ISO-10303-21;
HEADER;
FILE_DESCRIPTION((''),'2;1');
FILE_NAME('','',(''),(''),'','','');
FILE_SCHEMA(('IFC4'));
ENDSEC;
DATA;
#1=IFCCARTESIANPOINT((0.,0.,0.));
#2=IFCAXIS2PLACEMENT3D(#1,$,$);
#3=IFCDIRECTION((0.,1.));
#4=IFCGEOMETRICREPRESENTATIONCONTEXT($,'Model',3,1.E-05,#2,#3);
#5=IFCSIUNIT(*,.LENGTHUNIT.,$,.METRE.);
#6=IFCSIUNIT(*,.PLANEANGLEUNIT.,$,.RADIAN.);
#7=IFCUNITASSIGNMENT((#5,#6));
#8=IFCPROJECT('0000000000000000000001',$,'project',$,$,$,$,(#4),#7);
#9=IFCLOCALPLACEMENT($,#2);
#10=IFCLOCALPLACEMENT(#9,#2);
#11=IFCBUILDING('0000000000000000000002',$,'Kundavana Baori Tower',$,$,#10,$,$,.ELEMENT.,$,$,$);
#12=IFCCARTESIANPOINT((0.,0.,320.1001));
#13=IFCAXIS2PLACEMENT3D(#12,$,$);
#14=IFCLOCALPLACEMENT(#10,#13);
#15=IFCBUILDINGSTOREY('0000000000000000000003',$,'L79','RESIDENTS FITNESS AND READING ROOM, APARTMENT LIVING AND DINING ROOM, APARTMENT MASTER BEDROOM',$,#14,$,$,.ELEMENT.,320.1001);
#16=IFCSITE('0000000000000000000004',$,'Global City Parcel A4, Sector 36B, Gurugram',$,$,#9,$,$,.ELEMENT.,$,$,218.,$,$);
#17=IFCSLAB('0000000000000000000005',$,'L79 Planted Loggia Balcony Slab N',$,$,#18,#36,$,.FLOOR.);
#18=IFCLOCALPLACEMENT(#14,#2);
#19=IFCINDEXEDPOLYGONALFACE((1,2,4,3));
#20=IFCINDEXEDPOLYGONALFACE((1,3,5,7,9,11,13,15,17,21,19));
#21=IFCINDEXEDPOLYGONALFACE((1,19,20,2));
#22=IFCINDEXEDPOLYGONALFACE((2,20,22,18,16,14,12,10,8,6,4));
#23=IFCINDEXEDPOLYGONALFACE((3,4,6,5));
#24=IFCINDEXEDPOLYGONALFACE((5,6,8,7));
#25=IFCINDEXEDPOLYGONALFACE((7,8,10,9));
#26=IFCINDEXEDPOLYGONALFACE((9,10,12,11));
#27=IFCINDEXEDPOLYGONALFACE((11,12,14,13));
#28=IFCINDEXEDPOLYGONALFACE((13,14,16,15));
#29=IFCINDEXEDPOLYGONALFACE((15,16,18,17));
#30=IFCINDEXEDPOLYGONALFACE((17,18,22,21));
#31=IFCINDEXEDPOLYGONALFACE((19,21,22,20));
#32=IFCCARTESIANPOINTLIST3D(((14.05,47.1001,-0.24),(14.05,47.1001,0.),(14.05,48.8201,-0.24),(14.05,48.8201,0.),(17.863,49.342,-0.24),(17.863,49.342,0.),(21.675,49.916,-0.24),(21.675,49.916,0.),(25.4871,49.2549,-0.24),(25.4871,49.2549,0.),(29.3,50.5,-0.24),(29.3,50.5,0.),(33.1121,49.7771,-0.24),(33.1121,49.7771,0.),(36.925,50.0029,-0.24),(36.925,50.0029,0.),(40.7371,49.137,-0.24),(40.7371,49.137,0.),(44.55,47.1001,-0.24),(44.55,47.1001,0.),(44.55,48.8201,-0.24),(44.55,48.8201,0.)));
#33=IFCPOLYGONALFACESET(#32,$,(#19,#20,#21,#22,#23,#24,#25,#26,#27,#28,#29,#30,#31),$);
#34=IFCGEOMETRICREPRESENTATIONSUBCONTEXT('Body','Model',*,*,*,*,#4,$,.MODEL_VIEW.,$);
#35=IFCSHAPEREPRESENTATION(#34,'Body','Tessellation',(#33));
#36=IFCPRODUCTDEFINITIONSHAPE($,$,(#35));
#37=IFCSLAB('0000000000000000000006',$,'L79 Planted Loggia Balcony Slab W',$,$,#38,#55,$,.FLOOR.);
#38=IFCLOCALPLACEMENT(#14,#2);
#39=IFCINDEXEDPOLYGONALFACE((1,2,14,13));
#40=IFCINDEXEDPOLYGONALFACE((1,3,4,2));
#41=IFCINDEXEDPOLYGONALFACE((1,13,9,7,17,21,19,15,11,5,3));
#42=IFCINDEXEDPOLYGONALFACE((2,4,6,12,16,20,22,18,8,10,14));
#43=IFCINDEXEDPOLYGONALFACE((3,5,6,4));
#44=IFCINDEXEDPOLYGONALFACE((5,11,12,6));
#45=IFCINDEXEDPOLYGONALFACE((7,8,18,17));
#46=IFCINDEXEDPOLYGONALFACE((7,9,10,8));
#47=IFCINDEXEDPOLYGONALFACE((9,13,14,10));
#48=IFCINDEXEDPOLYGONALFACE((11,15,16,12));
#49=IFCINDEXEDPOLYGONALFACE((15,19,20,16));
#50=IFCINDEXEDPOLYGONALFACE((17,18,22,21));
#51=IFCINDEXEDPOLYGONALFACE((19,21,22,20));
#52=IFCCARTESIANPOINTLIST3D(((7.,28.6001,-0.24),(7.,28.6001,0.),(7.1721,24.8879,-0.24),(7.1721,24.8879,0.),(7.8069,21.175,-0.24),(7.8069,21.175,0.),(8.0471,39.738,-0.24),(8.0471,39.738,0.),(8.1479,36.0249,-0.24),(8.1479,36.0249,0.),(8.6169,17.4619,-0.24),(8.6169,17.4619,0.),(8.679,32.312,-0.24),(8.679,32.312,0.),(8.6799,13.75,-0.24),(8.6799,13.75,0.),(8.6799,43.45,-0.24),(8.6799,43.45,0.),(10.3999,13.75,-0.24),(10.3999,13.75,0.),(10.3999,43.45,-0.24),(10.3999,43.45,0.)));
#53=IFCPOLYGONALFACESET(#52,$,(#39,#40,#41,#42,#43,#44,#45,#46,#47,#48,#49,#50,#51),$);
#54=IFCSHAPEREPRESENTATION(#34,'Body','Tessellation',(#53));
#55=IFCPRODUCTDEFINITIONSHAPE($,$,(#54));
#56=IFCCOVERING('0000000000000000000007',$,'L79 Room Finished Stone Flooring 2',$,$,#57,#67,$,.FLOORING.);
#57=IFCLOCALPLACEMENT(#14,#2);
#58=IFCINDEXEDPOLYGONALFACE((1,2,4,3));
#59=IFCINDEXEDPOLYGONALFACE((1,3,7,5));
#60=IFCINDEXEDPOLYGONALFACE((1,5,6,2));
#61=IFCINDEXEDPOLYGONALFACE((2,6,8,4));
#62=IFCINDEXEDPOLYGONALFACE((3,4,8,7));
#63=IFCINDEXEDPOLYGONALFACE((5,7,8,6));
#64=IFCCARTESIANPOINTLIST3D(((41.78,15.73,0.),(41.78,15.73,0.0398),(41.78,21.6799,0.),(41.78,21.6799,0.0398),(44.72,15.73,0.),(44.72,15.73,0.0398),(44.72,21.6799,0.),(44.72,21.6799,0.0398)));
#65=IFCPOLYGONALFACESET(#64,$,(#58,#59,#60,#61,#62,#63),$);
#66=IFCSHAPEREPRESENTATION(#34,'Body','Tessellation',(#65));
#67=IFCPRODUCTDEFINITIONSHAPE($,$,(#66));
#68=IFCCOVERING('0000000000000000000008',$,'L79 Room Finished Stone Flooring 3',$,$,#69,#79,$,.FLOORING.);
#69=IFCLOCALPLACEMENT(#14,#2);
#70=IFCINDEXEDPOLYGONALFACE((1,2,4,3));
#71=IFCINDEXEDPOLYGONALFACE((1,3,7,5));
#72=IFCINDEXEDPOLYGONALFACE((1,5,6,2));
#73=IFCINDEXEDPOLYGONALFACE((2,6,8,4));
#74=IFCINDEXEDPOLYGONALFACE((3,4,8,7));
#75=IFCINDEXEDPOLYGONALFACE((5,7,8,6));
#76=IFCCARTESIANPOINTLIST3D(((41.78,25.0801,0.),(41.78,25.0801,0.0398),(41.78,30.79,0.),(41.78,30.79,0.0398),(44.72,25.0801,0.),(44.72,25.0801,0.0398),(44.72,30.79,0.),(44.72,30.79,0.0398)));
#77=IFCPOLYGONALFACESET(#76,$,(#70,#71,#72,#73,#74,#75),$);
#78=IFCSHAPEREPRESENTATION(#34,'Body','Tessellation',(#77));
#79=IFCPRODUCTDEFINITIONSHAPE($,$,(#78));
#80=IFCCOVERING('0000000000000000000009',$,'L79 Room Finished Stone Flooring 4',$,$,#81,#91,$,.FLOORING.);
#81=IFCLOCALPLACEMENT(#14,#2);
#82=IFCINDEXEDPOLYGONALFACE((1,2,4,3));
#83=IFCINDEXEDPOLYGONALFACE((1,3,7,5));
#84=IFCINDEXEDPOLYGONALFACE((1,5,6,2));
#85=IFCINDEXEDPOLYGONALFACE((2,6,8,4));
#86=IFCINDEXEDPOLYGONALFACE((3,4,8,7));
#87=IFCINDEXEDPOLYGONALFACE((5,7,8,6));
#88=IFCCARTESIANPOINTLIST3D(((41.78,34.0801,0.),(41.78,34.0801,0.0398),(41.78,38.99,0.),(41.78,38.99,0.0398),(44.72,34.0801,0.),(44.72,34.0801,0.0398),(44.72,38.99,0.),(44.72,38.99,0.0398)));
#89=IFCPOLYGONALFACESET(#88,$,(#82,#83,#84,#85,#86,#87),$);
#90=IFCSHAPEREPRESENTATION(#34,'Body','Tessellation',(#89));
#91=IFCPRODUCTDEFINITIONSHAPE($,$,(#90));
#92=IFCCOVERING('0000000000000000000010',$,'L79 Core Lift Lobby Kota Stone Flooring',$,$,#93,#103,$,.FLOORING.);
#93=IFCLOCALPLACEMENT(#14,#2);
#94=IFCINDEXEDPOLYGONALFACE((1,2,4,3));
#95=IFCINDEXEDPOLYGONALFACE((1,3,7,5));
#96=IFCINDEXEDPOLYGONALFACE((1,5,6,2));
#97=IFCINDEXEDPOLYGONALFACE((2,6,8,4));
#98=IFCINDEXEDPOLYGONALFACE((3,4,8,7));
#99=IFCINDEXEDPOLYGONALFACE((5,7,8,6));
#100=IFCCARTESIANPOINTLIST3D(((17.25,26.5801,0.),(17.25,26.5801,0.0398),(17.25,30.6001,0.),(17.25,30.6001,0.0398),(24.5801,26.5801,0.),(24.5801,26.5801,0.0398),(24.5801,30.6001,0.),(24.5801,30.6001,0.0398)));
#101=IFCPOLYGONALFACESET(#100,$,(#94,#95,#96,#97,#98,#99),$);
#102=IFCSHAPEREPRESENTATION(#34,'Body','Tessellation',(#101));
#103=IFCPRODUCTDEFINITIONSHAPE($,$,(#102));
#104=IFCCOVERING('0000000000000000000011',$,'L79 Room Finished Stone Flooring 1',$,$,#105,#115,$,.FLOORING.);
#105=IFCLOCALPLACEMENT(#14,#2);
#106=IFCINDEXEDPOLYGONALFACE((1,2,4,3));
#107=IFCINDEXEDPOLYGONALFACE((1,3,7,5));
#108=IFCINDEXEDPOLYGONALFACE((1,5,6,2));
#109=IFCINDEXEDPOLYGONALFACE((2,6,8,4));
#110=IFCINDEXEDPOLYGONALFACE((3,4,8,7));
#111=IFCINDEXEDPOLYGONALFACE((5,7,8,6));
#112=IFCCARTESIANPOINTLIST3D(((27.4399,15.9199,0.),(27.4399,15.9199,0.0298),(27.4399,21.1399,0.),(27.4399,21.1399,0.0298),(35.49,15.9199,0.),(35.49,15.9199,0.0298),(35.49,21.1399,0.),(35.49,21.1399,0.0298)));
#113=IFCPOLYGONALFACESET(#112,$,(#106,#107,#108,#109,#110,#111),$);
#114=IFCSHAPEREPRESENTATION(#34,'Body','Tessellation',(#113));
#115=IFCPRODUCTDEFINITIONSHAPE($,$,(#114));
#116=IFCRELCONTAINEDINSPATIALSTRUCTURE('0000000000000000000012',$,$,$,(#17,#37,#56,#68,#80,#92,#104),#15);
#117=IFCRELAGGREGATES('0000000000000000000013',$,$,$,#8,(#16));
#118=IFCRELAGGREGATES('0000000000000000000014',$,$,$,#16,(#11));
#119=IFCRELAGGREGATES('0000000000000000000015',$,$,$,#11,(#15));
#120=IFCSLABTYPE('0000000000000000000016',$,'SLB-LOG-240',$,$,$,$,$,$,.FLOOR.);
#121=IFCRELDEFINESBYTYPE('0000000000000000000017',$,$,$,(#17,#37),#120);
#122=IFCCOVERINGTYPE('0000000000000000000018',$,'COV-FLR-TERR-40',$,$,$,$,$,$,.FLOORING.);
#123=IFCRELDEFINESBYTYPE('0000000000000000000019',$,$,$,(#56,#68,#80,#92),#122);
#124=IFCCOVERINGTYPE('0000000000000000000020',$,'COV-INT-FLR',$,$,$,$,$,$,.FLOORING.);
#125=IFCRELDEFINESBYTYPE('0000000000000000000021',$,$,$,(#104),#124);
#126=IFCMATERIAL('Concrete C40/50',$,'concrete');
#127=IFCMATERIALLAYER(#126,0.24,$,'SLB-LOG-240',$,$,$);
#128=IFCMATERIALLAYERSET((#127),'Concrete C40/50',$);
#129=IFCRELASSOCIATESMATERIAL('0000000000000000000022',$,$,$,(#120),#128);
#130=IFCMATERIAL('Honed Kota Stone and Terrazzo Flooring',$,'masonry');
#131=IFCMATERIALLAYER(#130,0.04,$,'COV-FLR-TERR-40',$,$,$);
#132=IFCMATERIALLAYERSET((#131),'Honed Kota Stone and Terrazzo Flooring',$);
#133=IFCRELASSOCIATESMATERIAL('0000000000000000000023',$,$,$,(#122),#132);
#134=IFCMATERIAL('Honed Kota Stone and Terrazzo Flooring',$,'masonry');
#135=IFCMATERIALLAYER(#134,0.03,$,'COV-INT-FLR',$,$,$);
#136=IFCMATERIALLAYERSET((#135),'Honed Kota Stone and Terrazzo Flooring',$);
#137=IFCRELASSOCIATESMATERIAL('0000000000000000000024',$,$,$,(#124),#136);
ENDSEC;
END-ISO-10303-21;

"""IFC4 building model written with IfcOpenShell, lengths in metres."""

from ifc_helpers import new_model, si_unit, direction, frame, origin, place, context, subcontext, project, spatial, polyline, outline, extrude, material, layer, layer_set, type_object, element, save


model = new_model("IFC4")

# Units and contexts
model_context = context("Model", 3, precision=1e-05, world=origin(), true_north=direction((0.0, 1.0)))
body_context = subcontext(model_context, "Body", "Model", "MODEL_VIEW")
ifc_project = project(units=[si_unit("LENGTHUNIT", "METRE"), si_unit("PLANEANGLEUNIT", "RADIAN")], contexts=[model_context])

# Site, building, storey
site_placement = place(None, origin())
site = spatial("IfcSite", under=ifc_project, at=site_placement, Name="Global City Parcel A4, Sector 36B, Gurugram", CompositionType="ELEMENT", RefElevation=218.0)
building_placement = place(site_placement, origin())
building = spatial("IfcBuilding", under=site, at=building_placement, Name="Kundavana Baori Tower", CompositionType="ELEMENT")
storey_placement = place(building_placement, frame((0.0, 0.0, 320.1001)))
storey = spatial("IfcBuildingStorey", under=building, at=storey_placement, Name="L79", Description="RESIDENTS FITNESS AND READING ROOM, APARTMENT LIVING AND DINING ROOM, APARTMENT MASTER BEDROOM", CompositionType="ELEMENT", Elevation=320.1001)

# Slabs
ifc_material_1 = material(Name="Concrete C40/50", Category="concrete")
ifc_layer_1 = layer(ifc_material_1, 0.24, Name="SLB-LOG-240")
ifc_layer_set_1 = layer_set([ifc_layer_1], Name="Concrete C40/50")
slab_type_1 = type_object("IfcSlabType", Name="SLB-LOG-240", PredefinedType="FLOOR", material=ifc_layer_set_1)
slab_1_placement = place(storey_placement, frame((0.0, 0.0, -0.24)))
element("IfcSlab", 1, at=slab_1_placement, inside=storey, type_object=slab_type_1, Name="L79 Planted Loggia Balcony Slab N", PredefinedType="FLOOR", context=body_context, shape_type="SweptSolid", body=[
    extrude(outline(polyline([(44.55, 47.1001), (14.05, 47.1001), (14.05, 48.8201), (17.863, 49.342), (21.675, 49.916), (25.4871, 49.2549), (29.3, 50.5), (33.1121, 49.7771), (36.925, 50.0029), (40.7371, 49.137), (44.55, 48.8201), (44.55, 47.1001)])), origin(), (0.0, 0.0, 1.0), 0.24),
])
slab_2_placement = place(storey_placement, frame((0.0, 0.0, -0.24)))
element("IfcSlab", 2, at=slab_2_placement, inside=storey, type_object=slab_type_1, Name="L79 Planted Loggia Balcony Slab W", PredefinedType="FLOOR", context=body_context, shape_type="SweptSolid", body=[
    extrude(outline(polyline([(10.3999, 43.45), (10.3999, 13.75), (8.6799, 13.75), (8.6169, 17.4619), (7.8069, 21.175), (7.1721, 24.8879), (7.0, 28.6001), (8.679, 32.312), (8.1479, 36.0249), (8.0471, 39.738), (8.6799, 43.45), (10.3999, 43.45)])), origin(), (0.0, 0.0, 1.0), 0.24),
])

# Coverings
ifc_material_2 = material(Name="Honed Kota Stone and Terrazzo Flooring", Category="masonry")
ifc_layer_2 = layer(ifc_material_2, 0.04, Name="COV-FLR-TERR-40")
ifc_layer_set_2 = layer_set([ifc_layer_2], Name="Honed Kota Stone and Terrazzo Flooring")
covering_type_1 = type_object("IfcCoveringType", Name="COV-FLR-TERR-40", PredefinedType="FLOORING", material=ifc_layer_set_2)
covering_1_placement = place(storey_placement, origin())
element("IfcCovering", 3, at=covering_1_placement, inside=storey, type_object=covering_type_1, Name="L79 Room Finished Stone Flooring 2", PredefinedType="FLOORING", context=body_context, shape_type="SweptSolid", body=[
    extrude(outline(polyline([(41.78, 15.73), (44.72, 15.73), (44.72, 21.6799), (41.78, 21.6799), (41.78, 15.73)])), origin(), (0.0, 0.0, 1.0), 0.0398),
])
covering_2_placement = place(storey_placement, origin())
element("IfcCovering", 4, at=covering_2_placement, inside=storey, type_object=covering_type_1, Name="L79 Room Finished Stone Flooring 3", PredefinedType="FLOORING", context=body_context, shape_type="SweptSolid", body=[
    extrude(outline(polyline([(41.78, 25.0801), (44.72, 25.0801), (44.72, 30.79), (41.78, 30.79), (41.78, 25.0801)])), origin(), (0.0, 0.0, 1.0), 0.0398),
])
covering_3_placement = place(storey_placement, origin())
element("IfcCovering", 5, at=covering_3_placement, inside=storey, type_object=covering_type_1, Name="L79 Room Finished Stone Flooring 4", PredefinedType="FLOORING", context=body_context, shape_type="SweptSolid", body=[
    extrude(outline(polyline([(41.78, 34.0801), (44.72, 34.0801), (44.72, 38.99), (41.78, 38.99), (41.78, 34.0801)])), origin(), (0.0, 0.0, 1.0), 0.0398),
])
covering_4_placement = place(storey_placement, origin())
element("IfcCovering", 6, at=covering_4_placement, inside=storey, type_object=covering_type_1, Name="L79 Core Lift Lobby Kota Stone Flooring", PredefinedType="FLOORING", context=body_context, shape_type="SweptSolid", body=[
    extrude(outline(polyline([(17.25, 26.5801), (24.5801, 26.5801), (24.5801, 30.6001), (17.25, 30.6001), (17.25, 26.5801)])), origin(), (0.0, 0.0, 1.0), 0.0398),
])
ifc_material_3 = material(Name="Honed Kota Stone and Terrazzo Flooring", Category="masonry")
ifc_layer_3 = layer(ifc_material_3, 0.03, Name="COV-INT-FLR")
ifc_layer_set_3 = layer_set([ifc_layer_3], Name="Honed Kota Stone and Terrazzo Flooring")
covering_type_2 = type_object("IfcCoveringType", Name="COV-INT-FLR", PredefinedType="FLOORING", material=ifc_layer_set_3)
covering_5_placement = place(storey_placement, origin())
element("IfcCovering", 7, at=covering_5_placement, inside=storey, type_object=covering_type_2, Name="L79 Room Finished Stone Flooring 1", PredefinedType="FLOORING", context=body_context, shape_type="SweptSolid", body=[
    extrude(outline(polyline([(27.4399, 15.9199), (35.49, 15.9199), (35.49, 21.1399), (27.4399, 21.1399), (27.4399, 15.9199)])), origin(), (0.0, 0.0, 1.0), 0.0298),
])

save(model, "model.ifc")
